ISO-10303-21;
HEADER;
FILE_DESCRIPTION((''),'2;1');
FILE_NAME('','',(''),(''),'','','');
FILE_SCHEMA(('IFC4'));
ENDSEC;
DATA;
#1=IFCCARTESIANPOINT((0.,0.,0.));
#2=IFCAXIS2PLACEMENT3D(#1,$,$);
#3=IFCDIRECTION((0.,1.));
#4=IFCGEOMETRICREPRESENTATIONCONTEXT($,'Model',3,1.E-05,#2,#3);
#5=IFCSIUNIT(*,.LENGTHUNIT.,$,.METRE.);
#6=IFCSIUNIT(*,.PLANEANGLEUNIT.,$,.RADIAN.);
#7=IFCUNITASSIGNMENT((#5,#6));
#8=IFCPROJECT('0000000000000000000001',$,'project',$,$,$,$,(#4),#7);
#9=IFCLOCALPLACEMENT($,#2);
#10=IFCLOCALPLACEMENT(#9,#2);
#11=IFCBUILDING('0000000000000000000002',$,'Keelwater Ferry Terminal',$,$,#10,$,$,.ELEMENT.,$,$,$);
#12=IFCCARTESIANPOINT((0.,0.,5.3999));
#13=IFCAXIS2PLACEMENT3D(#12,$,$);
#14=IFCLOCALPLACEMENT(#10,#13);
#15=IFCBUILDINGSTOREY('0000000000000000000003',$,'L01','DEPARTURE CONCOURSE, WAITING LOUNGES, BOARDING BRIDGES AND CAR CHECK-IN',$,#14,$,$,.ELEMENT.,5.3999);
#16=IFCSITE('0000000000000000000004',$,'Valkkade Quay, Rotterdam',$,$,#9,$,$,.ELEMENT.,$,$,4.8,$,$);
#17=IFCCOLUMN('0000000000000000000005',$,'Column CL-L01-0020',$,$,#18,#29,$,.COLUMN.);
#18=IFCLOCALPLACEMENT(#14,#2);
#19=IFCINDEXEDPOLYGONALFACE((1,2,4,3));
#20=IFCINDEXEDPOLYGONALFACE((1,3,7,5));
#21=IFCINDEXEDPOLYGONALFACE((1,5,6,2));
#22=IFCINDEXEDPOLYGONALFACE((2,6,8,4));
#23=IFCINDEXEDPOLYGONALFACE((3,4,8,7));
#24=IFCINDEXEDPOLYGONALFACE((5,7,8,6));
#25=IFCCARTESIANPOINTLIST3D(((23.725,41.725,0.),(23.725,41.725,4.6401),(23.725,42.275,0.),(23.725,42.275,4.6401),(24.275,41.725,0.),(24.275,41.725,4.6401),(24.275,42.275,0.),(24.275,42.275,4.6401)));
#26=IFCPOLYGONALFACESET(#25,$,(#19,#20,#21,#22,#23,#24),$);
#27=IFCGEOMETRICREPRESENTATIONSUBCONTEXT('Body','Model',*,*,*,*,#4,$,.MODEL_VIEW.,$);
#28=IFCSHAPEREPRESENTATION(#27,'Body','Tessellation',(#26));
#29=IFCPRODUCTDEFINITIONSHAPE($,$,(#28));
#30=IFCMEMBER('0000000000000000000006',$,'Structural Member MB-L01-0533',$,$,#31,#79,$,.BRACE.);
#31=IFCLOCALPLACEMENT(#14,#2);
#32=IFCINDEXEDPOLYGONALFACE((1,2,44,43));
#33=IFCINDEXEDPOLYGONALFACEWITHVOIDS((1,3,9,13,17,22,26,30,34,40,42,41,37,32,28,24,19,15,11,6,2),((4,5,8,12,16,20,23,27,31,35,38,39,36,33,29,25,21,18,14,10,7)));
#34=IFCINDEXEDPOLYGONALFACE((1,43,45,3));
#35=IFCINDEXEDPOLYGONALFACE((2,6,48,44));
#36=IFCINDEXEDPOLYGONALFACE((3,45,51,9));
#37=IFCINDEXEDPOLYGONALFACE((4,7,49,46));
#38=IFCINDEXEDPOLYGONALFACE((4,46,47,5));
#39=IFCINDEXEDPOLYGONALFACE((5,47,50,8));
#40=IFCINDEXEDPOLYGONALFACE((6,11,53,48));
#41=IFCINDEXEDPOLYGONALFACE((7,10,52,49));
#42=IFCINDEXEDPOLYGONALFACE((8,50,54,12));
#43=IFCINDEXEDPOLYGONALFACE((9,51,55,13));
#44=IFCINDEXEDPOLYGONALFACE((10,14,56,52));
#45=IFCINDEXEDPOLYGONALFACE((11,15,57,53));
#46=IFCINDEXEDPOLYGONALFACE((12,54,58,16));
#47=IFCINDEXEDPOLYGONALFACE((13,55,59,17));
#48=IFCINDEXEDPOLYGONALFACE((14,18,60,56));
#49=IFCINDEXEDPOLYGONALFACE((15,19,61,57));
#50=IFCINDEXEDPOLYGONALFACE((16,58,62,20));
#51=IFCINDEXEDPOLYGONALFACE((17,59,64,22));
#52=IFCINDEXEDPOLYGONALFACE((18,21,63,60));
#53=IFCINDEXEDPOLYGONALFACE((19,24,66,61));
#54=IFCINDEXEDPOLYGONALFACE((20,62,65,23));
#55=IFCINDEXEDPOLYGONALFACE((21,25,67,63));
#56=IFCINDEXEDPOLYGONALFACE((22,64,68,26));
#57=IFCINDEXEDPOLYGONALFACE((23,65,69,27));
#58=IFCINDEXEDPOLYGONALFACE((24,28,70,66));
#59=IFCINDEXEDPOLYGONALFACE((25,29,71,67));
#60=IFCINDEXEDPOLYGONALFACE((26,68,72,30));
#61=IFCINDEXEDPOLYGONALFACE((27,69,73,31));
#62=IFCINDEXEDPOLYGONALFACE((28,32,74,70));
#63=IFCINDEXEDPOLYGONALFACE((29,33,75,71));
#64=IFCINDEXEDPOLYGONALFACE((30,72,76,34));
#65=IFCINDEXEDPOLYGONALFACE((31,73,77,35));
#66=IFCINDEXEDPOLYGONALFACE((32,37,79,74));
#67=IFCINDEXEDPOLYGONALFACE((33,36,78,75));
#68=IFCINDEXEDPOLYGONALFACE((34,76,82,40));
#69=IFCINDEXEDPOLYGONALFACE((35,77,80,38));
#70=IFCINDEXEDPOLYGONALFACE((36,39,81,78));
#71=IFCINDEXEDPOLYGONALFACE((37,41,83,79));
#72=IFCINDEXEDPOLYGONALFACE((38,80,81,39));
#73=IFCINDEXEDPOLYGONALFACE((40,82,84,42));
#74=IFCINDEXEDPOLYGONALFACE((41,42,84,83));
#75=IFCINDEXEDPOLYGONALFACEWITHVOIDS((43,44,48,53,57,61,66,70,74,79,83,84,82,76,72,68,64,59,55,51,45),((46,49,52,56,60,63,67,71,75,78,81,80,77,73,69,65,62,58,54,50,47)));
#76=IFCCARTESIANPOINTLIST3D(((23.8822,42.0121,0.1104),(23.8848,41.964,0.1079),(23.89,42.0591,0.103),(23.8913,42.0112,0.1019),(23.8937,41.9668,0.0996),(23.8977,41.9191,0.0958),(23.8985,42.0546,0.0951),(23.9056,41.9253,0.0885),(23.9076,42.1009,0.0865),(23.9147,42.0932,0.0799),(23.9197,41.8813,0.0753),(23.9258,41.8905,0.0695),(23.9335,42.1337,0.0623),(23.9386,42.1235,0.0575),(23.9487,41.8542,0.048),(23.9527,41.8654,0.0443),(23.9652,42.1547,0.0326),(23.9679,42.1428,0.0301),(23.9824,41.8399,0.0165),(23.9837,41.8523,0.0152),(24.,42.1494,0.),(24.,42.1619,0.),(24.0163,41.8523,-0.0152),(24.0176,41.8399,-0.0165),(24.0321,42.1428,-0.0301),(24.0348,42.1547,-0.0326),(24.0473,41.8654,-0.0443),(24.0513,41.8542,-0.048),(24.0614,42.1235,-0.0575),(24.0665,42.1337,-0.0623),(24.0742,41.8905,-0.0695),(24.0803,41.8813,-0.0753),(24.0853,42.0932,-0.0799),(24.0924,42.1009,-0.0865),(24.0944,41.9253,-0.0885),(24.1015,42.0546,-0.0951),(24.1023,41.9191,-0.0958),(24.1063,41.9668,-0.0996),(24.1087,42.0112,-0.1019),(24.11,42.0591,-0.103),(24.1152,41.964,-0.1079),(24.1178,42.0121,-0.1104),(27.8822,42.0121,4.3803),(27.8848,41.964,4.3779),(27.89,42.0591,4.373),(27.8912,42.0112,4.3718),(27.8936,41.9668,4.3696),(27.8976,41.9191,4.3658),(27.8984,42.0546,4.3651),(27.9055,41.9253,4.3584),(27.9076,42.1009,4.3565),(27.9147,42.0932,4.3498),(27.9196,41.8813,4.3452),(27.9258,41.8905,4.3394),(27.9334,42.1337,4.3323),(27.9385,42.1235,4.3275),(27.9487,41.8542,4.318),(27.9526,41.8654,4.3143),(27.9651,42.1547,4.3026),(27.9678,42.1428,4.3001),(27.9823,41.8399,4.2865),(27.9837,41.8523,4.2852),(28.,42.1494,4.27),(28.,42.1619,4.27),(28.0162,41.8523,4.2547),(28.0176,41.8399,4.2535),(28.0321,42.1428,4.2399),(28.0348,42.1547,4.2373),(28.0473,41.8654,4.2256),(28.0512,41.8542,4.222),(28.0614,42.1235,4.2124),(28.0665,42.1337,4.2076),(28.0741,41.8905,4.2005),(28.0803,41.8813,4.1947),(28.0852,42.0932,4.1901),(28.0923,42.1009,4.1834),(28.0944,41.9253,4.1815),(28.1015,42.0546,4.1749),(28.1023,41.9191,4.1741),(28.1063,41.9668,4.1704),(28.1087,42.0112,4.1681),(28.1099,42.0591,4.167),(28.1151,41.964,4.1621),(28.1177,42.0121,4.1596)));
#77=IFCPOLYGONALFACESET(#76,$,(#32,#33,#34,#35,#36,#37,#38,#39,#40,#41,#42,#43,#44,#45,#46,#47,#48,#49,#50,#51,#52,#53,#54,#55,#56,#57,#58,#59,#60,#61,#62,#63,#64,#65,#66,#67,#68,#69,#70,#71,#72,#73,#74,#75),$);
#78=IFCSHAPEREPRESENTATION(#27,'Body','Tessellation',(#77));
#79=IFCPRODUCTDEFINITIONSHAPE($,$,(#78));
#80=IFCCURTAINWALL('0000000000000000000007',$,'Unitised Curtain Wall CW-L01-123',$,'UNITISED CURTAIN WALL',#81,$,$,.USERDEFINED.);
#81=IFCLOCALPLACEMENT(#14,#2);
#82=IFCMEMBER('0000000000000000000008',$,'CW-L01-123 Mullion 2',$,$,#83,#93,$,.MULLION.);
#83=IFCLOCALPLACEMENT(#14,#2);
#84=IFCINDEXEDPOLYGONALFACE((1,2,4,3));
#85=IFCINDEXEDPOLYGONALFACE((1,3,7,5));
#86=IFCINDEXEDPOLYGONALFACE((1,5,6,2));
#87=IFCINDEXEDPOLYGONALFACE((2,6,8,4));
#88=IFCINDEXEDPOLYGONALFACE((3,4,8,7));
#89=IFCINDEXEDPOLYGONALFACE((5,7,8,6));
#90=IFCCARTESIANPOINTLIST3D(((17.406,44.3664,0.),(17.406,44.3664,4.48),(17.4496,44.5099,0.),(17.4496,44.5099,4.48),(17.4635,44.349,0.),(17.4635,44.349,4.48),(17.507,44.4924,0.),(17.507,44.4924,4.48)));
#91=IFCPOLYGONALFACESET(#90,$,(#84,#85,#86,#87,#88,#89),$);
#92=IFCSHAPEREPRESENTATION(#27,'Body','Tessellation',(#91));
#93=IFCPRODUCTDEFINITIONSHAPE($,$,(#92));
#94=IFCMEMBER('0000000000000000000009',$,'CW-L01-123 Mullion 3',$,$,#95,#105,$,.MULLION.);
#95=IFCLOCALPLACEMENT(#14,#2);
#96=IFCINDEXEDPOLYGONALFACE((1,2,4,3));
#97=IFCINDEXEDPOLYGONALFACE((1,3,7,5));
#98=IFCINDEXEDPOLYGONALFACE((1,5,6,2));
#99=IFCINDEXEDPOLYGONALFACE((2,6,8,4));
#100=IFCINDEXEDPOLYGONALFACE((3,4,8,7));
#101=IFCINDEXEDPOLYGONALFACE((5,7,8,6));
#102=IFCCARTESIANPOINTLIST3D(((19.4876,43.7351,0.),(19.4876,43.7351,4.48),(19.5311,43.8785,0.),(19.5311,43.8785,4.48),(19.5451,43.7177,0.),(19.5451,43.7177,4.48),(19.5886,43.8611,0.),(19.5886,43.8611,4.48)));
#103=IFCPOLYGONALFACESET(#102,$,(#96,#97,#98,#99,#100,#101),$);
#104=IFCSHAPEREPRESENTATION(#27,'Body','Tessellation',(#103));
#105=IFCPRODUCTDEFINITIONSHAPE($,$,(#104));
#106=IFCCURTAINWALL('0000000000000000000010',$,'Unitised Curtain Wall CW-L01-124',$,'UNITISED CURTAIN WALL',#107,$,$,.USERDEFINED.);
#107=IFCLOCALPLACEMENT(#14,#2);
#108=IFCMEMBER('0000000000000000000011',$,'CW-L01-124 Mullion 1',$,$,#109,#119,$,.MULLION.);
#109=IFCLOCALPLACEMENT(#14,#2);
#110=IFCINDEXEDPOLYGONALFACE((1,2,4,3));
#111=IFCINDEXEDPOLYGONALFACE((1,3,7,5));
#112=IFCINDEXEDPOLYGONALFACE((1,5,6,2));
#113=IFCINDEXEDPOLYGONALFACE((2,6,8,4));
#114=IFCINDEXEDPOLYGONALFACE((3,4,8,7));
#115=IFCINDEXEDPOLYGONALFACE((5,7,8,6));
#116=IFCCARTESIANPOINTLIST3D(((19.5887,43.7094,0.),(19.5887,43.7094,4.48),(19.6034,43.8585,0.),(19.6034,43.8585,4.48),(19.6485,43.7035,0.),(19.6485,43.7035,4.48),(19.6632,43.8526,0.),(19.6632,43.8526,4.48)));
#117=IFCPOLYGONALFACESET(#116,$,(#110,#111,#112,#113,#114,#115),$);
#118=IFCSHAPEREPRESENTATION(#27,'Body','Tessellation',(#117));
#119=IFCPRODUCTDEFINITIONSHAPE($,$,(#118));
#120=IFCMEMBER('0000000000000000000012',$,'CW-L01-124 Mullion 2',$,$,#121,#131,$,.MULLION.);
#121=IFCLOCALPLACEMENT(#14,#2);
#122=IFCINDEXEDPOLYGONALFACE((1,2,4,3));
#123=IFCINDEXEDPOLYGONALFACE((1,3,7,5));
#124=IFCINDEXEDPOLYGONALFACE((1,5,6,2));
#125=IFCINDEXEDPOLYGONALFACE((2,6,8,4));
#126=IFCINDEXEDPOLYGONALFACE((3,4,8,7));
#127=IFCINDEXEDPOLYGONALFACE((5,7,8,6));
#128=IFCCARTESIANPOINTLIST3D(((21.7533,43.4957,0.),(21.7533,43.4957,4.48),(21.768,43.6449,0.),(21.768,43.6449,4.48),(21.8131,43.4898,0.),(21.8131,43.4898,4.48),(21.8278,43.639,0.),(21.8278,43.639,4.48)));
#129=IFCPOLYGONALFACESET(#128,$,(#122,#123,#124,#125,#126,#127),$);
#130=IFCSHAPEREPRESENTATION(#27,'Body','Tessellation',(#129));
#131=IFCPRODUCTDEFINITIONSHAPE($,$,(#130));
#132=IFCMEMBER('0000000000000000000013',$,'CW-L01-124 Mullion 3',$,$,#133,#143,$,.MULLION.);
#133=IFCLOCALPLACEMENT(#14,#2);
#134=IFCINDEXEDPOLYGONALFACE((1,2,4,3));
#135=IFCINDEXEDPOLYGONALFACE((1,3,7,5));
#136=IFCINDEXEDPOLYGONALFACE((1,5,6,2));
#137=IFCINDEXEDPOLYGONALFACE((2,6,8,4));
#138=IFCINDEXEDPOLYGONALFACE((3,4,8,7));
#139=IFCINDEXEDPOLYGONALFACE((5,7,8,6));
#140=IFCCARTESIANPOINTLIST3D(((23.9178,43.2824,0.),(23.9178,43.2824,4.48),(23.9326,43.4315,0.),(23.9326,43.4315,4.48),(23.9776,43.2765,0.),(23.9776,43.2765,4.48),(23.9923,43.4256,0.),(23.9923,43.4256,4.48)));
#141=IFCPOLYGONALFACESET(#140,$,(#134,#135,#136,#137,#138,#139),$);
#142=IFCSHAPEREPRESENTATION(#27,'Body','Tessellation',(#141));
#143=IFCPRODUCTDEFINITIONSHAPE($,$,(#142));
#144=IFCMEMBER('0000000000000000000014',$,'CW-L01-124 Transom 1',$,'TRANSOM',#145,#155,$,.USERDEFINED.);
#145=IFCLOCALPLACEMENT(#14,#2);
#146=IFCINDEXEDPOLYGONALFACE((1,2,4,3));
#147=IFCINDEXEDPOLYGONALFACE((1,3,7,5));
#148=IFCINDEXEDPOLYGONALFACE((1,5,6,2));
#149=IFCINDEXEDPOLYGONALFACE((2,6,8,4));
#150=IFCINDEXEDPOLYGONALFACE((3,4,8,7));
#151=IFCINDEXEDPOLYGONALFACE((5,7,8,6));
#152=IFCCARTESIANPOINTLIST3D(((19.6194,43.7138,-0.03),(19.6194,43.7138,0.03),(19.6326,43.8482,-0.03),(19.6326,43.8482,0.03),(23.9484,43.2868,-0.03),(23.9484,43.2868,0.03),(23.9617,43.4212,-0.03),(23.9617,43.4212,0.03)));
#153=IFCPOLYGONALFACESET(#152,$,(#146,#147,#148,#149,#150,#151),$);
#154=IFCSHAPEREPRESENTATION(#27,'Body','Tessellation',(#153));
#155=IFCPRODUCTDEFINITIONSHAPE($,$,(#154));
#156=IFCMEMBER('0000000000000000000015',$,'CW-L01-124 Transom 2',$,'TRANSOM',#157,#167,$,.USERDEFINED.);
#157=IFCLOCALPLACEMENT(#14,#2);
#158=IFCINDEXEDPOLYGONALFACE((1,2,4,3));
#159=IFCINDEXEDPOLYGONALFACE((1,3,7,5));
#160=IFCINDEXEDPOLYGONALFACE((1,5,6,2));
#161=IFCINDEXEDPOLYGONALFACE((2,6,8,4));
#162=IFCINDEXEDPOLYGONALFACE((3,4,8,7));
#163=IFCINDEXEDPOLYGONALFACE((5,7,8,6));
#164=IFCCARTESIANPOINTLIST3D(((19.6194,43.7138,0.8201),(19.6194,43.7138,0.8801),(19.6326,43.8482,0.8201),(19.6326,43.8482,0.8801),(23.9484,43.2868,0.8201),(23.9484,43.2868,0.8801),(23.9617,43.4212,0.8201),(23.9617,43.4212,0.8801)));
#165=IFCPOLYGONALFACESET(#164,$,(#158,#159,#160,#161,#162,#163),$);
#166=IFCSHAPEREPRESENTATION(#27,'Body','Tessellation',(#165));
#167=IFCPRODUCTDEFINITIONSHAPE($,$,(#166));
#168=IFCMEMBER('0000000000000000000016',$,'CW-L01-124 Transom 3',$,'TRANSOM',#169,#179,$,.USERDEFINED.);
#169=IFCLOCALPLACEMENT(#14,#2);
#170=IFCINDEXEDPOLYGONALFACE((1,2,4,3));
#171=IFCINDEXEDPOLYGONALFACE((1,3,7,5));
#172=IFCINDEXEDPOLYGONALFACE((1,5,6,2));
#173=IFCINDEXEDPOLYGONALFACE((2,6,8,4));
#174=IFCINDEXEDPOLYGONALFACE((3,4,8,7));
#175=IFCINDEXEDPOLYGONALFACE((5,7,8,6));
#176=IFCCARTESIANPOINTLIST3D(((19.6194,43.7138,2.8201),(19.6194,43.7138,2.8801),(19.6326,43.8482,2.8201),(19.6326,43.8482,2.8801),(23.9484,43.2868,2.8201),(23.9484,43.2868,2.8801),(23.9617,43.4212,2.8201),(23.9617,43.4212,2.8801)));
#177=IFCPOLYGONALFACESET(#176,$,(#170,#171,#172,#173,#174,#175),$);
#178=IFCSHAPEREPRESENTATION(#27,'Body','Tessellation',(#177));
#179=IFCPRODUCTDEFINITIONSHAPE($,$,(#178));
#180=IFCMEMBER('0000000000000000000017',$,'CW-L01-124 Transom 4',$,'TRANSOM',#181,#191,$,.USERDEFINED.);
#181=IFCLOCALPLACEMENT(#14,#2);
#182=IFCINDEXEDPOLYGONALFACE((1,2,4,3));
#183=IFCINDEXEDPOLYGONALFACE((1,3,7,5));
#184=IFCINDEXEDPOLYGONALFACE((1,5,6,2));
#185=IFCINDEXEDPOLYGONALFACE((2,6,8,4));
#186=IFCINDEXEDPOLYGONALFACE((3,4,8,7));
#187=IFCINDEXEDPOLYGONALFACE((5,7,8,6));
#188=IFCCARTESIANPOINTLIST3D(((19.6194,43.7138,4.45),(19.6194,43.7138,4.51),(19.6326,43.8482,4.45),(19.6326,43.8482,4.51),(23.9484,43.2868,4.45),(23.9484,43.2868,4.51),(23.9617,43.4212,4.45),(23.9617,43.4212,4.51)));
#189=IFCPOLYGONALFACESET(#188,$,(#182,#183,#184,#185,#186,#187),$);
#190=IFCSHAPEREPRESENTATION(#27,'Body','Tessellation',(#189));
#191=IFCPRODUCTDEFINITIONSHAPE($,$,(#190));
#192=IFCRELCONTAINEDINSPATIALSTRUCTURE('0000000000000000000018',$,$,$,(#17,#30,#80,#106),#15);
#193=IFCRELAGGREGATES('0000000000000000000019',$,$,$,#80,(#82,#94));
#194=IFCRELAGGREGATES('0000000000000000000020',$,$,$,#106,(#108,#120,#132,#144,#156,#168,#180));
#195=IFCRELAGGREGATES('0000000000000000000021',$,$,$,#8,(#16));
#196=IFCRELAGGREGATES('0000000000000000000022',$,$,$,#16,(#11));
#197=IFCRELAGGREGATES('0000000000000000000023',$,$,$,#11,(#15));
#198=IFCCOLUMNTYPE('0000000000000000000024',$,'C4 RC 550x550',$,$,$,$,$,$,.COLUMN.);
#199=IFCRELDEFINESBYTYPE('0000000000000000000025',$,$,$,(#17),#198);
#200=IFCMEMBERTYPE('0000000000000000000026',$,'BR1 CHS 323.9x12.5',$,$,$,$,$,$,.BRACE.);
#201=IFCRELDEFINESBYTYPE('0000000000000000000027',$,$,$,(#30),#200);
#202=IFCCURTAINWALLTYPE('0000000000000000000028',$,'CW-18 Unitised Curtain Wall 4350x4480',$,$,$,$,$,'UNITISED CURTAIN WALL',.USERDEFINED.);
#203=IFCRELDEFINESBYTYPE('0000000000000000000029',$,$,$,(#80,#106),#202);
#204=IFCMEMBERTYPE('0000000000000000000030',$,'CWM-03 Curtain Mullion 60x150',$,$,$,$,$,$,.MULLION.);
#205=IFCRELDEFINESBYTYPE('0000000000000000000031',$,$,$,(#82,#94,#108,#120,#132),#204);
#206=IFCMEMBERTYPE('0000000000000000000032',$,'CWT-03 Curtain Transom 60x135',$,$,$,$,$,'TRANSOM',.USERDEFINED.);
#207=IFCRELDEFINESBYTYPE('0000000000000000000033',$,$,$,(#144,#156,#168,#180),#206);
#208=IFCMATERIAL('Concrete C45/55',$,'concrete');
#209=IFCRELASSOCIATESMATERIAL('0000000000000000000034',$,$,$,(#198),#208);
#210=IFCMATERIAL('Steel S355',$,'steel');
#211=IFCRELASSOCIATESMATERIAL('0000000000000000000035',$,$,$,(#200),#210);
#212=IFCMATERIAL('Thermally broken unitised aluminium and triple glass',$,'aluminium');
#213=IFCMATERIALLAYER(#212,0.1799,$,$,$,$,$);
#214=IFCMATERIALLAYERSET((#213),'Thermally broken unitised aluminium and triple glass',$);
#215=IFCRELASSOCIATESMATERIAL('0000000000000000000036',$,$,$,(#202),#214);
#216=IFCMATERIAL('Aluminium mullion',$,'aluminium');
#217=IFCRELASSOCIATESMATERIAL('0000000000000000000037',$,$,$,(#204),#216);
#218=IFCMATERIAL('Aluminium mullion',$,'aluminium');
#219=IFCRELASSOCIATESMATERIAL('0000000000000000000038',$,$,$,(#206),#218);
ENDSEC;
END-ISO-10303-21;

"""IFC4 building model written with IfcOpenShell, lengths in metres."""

from ifc_helpers import new_model, si_unit, direction, frame, origin, origin_2d, place, context, subcontext, project, spatial, rectangle, hollow_circle, extrude, material, layer, layer_set, material_profile, profile_set, type_object, element, aggregate, save


model = new_model("IFC4")

# Units and contexts
model_context = context("Model", 3, precision=1e-05, world=origin(), true_north=direction((0.0, 1.0)))
body_context = subcontext(model_context, "Body", "Model", "MODEL_VIEW")
ifc_project = project(units=[si_unit("LENGTHUNIT", "METRE"), si_unit("PLANEANGLEUNIT", "RADIAN")], contexts=[model_context])

# Site, building, storey
site_placement = place(None, origin())
site = spatial("IfcSite", under=ifc_project, at=site_placement, Name="Valkkade Quay, Rotterdam", CompositionType="ELEMENT", RefElevation=4.8)
building_placement = place(site_placement, origin())
building = spatial("IfcBuilding", under=site, at=building_placement, Name="Keelwater Ferry Terminal", CompositionType="ELEMENT")
storey_placement = place(building_placement, frame((0.0, 0.0, 5.3999)))
storey = spatial("IfcBuildingStorey", under=building, at=storey_placement, Name="L01", Description="DEPARTURE CONCOURSE, WAITING LOUNGES, BOARDING BRIDGES AND CAR CHECK-IN", CompositionType="ELEMENT", Elevation=5.3999)

# Column
ifc_material_1 = material(Name="Concrete C45/55", Category="concrete")
ifc_material_profile_1 = material_profile(ifc_material_1, rectangle(XDim=0.55, YDim=0.55, at=origin_2d()), Name="RC 550x550")
ifc_profile_set_1 = profile_set([ifc_material_profile_1], Name="Concrete C45/55")
column_type = type_object("IfcColumnType", Name="C4 RC 550x550", PredefinedType="COLUMN", material=ifc_profile_set_1)
column_placement = place(storey_placement, frame((24.0, 42.0, 0.0), z_axis=(0.0, 0.0, 1.0), x_axis=(1.0, 0.0, 0.0)))
element("IfcColumn", 1, at=column_placement, inside=storey, type_object=column_type, Name="Column CL-L01-0020", PredefinedType="COLUMN", context=body_context, shape_type="SweptSolid", body=[
    extrude(rectangle(XDim=0.55, YDim=0.55, at=origin_2d()), origin(), (0.0, 0.0, 1.0), 4.6401),
])

# Member
ifc_material_2 = material(Name="Steel S355", Category="steel")
ifc_material_profile_2 = material_profile(ifc_material_2, hollow_circle(Radius=0.1619, WallThickness=0.0125, at=origin_2d()), Name="CHS 323.9x12.5")
ifc_profile_set_2 = profile_set([ifc_material_profile_2], Name="Steel S355")
member_type_1 = type_object("IfcMemberType", Name="BR1 CHS 323.9x12.5", PredefinedType="BRACE", material=ifc_profile_set_2)
member_1_placement = place(storey_placement, frame((24.0, 42.0, 0.0), z_axis=(0.683655, 0.0, 0.729805), x_axis=(0.0, 1.0, 0.0)))
element("IfcMember", 2, at=member_1_placement, inside=storey, type_object=member_type_1, Name="Structural Member MB-L01-0533", PredefinedType="BRACE", context=body_context, shape_type="SweptSolid", body=[
    extrude(hollow_circle(Radius=0.1619, WallThickness=0.0125, at=origin_2d()), origin(), (0.0, 0.0, 1.0), 5.8508),
])

# Curtain walls, members
ifc_material_3 = material(Name="Thermally broken unitised aluminium and triple glass", Category="aluminium")
ifc_layer_1 = layer(ifc_material_3, 0.1799)
ifc_layer_set_1 = layer_set([ifc_layer_1], Name="Thermally broken unitised aluminium and triple glass")
curtain_wall_type = type_object("IfcCurtainWallType", Name="CW-18 Unitised Curtain Wall 4350x4480", ElementType="UNITISED CURTAIN WALL", PredefinedType="USERDEFINED", material=ifc_layer_set_1)
curtain_wall_1_placement = place(storey_placement, origin())
curtain_wall_1 = element("IfcCurtainWall", 3, at=curtain_wall_1_placement, inside=storey, type_object=curtain_wall_type, Name="Unitised Curtain Wall CW-L01-123", ObjectType="UNITISED CURTAIN WALL", PredefinedType="USERDEFINED")
ifc_material_4 = material(Name="Aluminium mullion", Category="aluminium")
ifc_material_profile_3 = material_profile(ifc_material_4, rectangle(XDim=0.0601, YDim=0.1499, at=origin_2d()), Name="CWM-03")
ifc_profile_set_3 = profile_set([ifc_material_profile_3], Name="Aluminium mullion")
member_type_2 = type_object("IfcMemberType", Name="CWM-03 Curtain Mullion 60x150", PredefinedType="MULLION", material=ifc_profile_set_3)
member_2_placement = place(storey_placement, frame((17.4565, 44.4294, 0.0), z_axis=(0.0, 0.0, 1.0), x_axis=(0.95693, -0.29032, 0.0)))
member_2 = element("IfcMember", 4, at=member_2_placement, type_object=member_type_2, Name="CW-L01-123 Mullion 2", PredefinedType="MULLION", context=body_context, shape_type="SweptSolid", body=[
    extrude(rectangle(XDim=0.0601, YDim=0.1499, at=origin_2d()), origin(), (0.0, 0.0, 1.0), 4.48),
])
member_3_placement = place(storey_placement, frame((19.5381, 43.7981, 0.0), z_axis=(0.0, 0.0, 1.0), x_axis=(0.95693, -0.29032, 0.0)))
member_3 = element("IfcMember", 5, at=member_3_placement, type_object=member_type_2, Name="CW-L01-123 Mullion 3", PredefinedType="MULLION", context=body_context, shape_type="SweptSolid", body=[
    extrude(rectangle(XDim=0.0601, YDim=0.1499, at=origin_2d()), origin(), (0.0, 0.0, 1.0), 4.48),
])
curtain_wall_2_placement = place(storey_placement, origin())
curtain_wall_2 = element("IfcCurtainWall", 6, at=curtain_wall_2_placement, inside=storey, type_object=curtain_wall_type, Name="Unitised Curtain Wall CW-L01-124", ObjectType="UNITISED CURTAIN WALL", PredefinedType="USERDEFINED")
member_4_placement = place(storey_placement, frame((19.626, 43.781, 0.0), z_axis=(0.0, 0.0, 1.0), x_axis=(0.995171, -0.098161, 0.0)))
member_4 = element("IfcMember", 7, at=member_4_placement, type_object=member_type_2, Name="CW-L01-124 Mullion 1", PredefinedType="MULLION", context=body_context, shape_type="SweptSolid", body=[
    extrude(rectangle(XDim=0.0601, YDim=0.1499, at=origin_2d()), origin(), (0.0, 0.0, 1.0), 4.48),
])
member_5_placement = place(storey_placement, frame((21.7905, 43.5674, 0.0), z_axis=(0.0, 0.0, 1.0), x_axis=(0.995171, -0.098161, 0.0)))
member_5 = element("IfcMember", 8, at=member_5_placement, type_object=member_type_2, Name="CW-L01-124 Mullion 2", PredefinedType="MULLION", context=body_context, shape_type="SweptSolid", body=[
    extrude(rectangle(XDim=0.0601, YDim=0.1499, at=origin_2d()), origin(), (0.0, 0.0, 1.0), 4.48),
])
member_6_placement = place(storey_placement, frame((23.9551, 43.354, 0.0), z_axis=(0.0, 0.0, 1.0), x_axis=(0.995171, -0.098161, 0.0)))
member_6 = element("IfcMember", 9, at=member_6_placement, type_object=member_type_2, Name="CW-L01-124 Mullion 3", PredefinedType="MULLION", context=body_context, shape_type="SweptSolid", body=[
    extrude(rectangle(XDim=0.0601, YDim=0.1499, at=origin_2d()), origin(), (0.0, 0.0, 1.0), 4.48),
])
ifc_material_5 = material(Name="Aluminium mullion", Category="aluminium")
ifc_material_profile_4 = material_profile(ifc_material_5, rectangle(XDim=0.135, YDim=0.0601, at=origin_2d()), Name="CWT-03")
ifc_profile_set_4 = profile_set([ifc_material_profile_4], Name="Aluminium mullion")
member_type_3 = type_object("IfcMemberType", Name="CWT-03 Curtain Transom 60x135", ElementType="TRANSOM", PredefinedType="USERDEFINED", material=ifc_profile_set_4)
member_7_placement = place(storey_placement, frame((19.626, 43.781, 0.0), z_axis=(0.995171, -0.098159, 0.0), x_axis=(0.098159, 0.995171, 0.0)))
member_7 = element("IfcMember", 10, at=member_7_placement, type_object=member_type_3, Name="CW-L01-124 Transom 1", ObjectType="TRANSOM", PredefinedType="USERDEFINED", context=body_context, shape_type="SweptSolid", body=[
    extrude(rectangle(XDim=0.135, YDim=0.0601, at=origin_2d()), origin(), (0.0, 0.0, 1.0), 4.3501),
])
member_8_placement = place(storey_placement, frame((19.626, 43.781, 0.8501), z_axis=(0.995171, -0.098159, 0.0), x_axis=(0.098159, 0.995171, 0.0)))
member_8 = element("IfcMember", 11, at=member_8_placement, type_object=member_type_3, Name="CW-L01-124 Transom 2", ObjectType="TRANSOM", PredefinedType="USERDEFINED", context=body_context, shape_type="SweptSolid", body=[
    extrude(rectangle(XDim=0.135, YDim=0.0601, at=origin_2d()), origin(), (0.0, 0.0, 1.0), 4.3501),
])
member_9_placement = place(storey_placement, frame((19.626, 43.781, 2.8501), z_axis=(0.995171, -0.098159, 0.0), x_axis=(0.098159, 0.995171, 0.0)))
member_9 = element("IfcMember", 12, at=member_9_placement, type_object=member_type_3, Name="CW-L01-124 Transom 3", ObjectType="TRANSOM", PredefinedType="USERDEFINED", context=body_context, shape_type="SweptSolid", body=[
    extrude(rectangle(XDim=0.135, YDim=0.0601, at=origin_2d()), origin(), (0.0, 0.0, 1.0), 4.3501),
])
member_10_placement = place(storey_placement, frame((19.626, 43.781, 4.48), z_axis=(0.995171, -0.098159, 0.0), x_axis=(0.098159, 0.995171, 0.0)))
member_10 = element("IfcMember", 13, at=member_10_placement, type_object=member_type_3, Name="CW-L01-124 Transom 4", ObjectType="TRANSOM", PredefinedType="USERDEFINED", context=body_context, shape_type="SweptSolid", body=[
    extrude(rectangle(XDim=0.135, YDim=0.0601, at=origin_2d()), origin(), (0.0, 0.0, 1.0), 4.3501),
])

aggregate(curtain_wall_1, [member_2, member_3])
aggregate(curtain_wall_2, [member_4, member_5, member_6, member_7, member_8, member_9, member_10])

save(model, "model.ifc")
